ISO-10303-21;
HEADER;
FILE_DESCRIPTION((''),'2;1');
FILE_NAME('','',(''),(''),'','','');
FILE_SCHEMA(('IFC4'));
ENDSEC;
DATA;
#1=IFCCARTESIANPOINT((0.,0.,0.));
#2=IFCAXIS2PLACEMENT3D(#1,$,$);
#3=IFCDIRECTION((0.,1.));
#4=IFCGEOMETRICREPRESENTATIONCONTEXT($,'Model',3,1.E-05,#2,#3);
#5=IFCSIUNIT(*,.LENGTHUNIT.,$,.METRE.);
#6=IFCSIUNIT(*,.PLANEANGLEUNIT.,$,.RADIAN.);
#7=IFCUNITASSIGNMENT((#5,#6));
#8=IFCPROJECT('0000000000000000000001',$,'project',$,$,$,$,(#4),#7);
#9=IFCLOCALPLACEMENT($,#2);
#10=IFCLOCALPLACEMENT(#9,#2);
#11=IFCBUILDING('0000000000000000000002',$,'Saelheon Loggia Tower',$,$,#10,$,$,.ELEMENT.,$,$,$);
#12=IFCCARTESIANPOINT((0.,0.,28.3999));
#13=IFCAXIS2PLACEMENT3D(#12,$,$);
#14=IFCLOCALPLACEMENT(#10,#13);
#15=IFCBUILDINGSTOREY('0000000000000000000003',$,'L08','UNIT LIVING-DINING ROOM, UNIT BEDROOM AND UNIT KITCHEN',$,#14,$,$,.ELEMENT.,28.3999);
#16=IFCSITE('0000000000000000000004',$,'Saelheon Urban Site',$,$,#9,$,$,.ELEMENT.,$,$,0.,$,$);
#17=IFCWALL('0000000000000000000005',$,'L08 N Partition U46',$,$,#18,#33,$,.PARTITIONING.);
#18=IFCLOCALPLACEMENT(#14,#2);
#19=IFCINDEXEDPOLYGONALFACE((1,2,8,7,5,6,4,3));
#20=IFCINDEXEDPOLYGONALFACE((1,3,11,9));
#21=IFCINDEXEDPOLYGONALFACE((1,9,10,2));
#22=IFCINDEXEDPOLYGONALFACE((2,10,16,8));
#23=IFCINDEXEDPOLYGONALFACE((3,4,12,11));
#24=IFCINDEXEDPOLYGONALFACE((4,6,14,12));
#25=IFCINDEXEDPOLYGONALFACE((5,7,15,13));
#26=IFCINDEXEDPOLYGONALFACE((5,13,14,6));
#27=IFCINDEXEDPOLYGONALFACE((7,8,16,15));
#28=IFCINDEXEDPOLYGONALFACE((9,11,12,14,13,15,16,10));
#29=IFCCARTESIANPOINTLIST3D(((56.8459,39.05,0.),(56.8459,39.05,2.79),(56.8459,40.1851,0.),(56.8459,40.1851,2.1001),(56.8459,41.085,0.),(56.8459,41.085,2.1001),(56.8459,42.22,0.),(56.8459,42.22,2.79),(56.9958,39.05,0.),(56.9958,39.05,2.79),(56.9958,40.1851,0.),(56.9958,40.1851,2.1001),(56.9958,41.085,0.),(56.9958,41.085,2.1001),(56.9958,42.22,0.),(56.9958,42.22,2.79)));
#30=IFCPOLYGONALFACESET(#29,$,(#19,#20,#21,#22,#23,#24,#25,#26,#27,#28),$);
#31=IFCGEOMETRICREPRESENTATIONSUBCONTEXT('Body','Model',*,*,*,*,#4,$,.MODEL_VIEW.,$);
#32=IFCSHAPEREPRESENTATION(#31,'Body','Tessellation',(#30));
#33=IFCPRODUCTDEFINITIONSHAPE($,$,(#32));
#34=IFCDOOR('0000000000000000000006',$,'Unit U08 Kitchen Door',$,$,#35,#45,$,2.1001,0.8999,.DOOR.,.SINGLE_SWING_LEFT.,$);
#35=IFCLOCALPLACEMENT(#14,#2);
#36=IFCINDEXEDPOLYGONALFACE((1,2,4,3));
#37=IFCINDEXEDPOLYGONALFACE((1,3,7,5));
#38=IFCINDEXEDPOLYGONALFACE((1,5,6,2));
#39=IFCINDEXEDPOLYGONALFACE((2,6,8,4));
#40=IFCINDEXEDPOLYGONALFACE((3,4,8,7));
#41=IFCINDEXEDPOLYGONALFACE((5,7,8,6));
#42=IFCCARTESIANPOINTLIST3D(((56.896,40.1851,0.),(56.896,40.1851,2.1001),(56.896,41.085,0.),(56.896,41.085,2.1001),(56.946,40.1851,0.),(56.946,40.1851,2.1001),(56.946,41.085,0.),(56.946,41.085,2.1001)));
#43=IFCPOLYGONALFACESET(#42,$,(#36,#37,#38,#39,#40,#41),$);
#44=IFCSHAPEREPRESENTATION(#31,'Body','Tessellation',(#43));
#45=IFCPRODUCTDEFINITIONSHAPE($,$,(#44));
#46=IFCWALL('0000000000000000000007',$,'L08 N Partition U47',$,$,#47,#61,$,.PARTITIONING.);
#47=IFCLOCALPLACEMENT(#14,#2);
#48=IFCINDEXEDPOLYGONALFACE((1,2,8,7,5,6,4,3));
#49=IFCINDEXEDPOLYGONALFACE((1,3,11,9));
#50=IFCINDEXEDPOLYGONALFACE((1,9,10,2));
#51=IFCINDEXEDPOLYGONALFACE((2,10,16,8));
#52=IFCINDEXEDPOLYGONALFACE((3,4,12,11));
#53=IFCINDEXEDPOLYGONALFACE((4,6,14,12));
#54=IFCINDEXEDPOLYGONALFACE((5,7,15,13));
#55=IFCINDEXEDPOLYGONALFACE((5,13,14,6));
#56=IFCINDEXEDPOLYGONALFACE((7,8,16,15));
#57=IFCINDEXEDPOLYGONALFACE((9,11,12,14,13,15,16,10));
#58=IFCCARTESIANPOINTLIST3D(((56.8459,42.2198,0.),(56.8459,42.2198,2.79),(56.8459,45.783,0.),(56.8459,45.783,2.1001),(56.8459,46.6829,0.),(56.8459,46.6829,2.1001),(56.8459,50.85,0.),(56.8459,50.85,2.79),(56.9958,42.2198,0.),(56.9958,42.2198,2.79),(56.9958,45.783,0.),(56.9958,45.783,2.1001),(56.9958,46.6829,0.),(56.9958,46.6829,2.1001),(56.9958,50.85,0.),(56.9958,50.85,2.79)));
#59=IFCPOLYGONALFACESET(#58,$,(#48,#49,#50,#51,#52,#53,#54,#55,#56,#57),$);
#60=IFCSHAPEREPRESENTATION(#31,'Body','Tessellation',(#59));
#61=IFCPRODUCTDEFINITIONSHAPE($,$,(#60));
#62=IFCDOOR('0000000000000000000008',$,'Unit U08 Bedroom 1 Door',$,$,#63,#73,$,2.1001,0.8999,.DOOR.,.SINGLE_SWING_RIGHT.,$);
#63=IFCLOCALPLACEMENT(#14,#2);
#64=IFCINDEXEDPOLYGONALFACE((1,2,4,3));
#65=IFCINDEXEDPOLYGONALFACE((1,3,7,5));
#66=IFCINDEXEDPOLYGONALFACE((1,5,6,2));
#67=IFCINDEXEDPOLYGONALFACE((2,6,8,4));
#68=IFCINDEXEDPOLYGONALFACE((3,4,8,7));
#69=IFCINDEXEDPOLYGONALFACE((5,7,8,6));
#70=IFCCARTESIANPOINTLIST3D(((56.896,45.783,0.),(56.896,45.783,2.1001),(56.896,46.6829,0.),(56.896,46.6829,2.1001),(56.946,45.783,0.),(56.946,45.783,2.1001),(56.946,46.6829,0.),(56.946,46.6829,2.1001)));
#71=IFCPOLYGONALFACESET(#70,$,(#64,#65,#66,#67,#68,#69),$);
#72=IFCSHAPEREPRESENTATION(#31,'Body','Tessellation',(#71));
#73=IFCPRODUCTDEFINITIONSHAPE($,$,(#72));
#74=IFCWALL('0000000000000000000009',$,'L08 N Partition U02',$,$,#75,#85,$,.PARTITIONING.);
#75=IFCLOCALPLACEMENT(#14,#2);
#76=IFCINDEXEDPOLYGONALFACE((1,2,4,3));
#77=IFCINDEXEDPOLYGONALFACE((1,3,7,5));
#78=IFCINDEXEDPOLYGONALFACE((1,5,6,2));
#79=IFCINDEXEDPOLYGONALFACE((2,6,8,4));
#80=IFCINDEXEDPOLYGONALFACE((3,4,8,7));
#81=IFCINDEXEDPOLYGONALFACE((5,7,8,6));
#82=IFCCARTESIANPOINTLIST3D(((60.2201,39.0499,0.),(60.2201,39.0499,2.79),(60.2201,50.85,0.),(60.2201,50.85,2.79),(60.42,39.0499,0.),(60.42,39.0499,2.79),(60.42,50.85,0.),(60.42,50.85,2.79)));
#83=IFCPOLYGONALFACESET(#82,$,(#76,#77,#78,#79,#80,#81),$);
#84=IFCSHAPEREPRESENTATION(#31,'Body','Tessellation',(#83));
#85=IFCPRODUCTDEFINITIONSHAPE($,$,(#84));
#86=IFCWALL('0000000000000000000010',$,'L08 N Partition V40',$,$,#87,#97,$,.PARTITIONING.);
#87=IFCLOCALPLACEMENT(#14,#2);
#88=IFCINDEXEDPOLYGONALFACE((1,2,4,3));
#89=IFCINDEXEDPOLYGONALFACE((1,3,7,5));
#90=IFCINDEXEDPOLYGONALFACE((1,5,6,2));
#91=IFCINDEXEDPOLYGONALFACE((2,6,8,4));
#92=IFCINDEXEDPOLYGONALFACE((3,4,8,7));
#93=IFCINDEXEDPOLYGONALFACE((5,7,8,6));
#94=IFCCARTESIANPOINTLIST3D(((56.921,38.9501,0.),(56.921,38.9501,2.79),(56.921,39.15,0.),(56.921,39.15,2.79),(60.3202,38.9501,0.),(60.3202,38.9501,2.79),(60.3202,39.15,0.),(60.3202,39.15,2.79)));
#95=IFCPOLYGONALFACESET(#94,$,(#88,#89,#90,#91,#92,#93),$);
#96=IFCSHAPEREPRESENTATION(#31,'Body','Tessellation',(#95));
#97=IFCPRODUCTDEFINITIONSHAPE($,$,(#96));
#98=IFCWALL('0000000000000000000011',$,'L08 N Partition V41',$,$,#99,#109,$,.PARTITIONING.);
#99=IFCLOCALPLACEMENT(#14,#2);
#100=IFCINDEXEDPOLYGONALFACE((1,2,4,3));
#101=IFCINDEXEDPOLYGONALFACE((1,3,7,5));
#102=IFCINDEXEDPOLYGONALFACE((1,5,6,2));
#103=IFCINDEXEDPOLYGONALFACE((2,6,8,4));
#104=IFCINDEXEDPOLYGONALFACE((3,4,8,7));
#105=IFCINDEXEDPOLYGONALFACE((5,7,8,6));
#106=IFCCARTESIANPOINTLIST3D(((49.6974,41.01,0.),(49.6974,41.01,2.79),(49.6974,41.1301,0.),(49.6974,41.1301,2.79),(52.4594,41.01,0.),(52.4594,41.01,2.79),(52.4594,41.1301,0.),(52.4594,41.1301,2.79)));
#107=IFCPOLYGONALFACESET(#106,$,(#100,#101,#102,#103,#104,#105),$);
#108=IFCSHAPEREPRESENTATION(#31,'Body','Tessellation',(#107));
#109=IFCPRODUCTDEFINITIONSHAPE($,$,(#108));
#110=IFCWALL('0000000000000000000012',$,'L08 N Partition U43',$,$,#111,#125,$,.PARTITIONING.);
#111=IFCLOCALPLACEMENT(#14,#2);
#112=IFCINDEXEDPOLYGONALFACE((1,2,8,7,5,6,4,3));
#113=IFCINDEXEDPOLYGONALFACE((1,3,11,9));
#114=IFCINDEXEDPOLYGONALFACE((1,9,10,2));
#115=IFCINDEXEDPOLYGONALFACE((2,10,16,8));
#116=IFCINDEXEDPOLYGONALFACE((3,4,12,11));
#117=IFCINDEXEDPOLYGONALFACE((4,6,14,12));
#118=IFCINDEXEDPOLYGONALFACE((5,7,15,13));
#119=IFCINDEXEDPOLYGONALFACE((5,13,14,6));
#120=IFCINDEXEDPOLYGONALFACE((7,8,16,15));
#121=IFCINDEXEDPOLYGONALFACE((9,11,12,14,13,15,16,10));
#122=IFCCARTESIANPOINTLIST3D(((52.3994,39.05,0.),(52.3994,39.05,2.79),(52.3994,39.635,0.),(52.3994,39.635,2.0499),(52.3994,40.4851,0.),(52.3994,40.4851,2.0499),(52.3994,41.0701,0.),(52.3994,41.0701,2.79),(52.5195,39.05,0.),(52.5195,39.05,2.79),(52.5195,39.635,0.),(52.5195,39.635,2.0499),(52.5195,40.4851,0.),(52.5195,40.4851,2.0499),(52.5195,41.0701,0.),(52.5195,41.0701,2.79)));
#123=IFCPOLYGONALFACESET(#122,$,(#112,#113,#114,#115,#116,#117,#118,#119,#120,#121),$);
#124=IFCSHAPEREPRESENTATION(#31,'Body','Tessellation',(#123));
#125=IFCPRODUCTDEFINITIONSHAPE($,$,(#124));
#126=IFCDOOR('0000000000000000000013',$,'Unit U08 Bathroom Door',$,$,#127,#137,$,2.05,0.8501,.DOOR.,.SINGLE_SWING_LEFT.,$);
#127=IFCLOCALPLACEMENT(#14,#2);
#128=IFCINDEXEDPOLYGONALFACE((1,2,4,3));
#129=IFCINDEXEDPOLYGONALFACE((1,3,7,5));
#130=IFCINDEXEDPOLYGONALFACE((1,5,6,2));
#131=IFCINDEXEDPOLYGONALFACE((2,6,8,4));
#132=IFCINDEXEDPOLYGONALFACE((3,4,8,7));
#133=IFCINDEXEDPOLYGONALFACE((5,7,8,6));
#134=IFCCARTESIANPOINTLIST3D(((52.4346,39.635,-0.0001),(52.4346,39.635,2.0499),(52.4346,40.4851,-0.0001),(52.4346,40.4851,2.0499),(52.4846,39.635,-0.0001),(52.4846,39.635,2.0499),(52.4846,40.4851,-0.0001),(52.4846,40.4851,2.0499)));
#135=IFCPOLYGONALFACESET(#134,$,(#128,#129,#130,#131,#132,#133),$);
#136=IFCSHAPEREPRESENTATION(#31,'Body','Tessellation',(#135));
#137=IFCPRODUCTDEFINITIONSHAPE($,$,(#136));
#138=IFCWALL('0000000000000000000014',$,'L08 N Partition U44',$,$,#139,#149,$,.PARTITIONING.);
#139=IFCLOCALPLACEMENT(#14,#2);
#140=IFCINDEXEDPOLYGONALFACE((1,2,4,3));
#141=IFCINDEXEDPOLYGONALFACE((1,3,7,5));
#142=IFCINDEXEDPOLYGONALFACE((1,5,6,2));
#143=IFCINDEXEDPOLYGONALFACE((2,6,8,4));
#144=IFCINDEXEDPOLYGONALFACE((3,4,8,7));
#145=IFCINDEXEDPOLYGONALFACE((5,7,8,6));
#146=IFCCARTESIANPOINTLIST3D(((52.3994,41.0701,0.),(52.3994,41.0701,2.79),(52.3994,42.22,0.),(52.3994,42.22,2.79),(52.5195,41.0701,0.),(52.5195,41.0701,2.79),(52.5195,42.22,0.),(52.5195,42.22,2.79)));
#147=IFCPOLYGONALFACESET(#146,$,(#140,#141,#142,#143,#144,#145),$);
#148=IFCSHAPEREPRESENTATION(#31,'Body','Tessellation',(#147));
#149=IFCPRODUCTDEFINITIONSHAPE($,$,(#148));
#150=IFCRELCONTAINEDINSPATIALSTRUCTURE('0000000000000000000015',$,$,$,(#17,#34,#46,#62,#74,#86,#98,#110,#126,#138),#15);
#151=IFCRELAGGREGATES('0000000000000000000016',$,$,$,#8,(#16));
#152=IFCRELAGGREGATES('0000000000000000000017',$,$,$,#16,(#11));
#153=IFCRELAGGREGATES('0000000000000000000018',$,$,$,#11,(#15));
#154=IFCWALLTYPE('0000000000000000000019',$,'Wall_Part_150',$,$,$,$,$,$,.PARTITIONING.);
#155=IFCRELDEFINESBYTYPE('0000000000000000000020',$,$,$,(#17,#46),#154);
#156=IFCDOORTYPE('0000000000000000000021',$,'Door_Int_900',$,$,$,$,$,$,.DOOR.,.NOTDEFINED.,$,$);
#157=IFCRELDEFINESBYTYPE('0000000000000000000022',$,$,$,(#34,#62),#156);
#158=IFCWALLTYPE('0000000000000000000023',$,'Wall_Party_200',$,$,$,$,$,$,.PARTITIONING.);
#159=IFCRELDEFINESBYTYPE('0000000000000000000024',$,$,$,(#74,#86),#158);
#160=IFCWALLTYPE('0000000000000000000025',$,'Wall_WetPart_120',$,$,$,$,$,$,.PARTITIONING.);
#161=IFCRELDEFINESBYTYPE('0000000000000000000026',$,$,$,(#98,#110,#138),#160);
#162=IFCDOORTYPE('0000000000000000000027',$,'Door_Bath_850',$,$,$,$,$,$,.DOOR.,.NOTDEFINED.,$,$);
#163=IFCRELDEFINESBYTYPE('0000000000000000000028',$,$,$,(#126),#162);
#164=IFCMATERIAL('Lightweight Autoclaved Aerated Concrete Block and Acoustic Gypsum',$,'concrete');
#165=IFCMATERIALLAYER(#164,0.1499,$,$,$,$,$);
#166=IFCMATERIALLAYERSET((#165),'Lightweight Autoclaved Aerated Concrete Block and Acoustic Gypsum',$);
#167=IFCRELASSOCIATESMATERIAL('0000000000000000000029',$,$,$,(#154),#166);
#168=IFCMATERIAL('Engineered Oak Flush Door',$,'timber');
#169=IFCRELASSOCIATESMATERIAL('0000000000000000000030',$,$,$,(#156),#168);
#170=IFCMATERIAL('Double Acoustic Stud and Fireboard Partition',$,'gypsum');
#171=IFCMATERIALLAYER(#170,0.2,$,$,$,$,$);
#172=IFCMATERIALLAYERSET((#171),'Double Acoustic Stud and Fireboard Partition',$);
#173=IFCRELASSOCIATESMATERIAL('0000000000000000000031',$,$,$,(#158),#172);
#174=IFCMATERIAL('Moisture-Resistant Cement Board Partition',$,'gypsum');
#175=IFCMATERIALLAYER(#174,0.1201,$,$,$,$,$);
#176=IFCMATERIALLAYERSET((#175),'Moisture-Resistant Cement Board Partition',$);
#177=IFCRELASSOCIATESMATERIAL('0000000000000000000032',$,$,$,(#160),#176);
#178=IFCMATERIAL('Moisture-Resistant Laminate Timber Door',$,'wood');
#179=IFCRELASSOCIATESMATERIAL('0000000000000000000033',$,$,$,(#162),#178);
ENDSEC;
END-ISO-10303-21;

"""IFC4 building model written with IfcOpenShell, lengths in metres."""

from ifc_helpers import new_model, si_unit, direction, frame, frame_2d, origin, place, context, subcontext, project, spatial, rectangle, extrude, source, transform, mapped, material, layer, layer_set, type_object, element, fill, save


model = new_model("IFC4")

# Units and contexts
model_context = context("Model", 3, precision=1e-05, world=origin(), true_north=direction((0.0, 1.0)))
body_context = subcontext(model_context, "Body", "Model", "MODEL_VIEW")
ifc_project = project(units=[si_unit("LENGTHUNIT", "METRE"), si_unit("PLANEANGLEUNIT", "RADIAN")], contexts=[model_context])

# Site, building, storey
site_placement = place(None, origin())
site = spatial("IfcSite", under=ifc_project, at=site_placement, Name="Saelheon Urban Site", CompositionType="ELEMENT", RefElevation=0.0)
building_placement = place(site_placement, origin())
building = spatial("IfcBuilding", under=site, at=building_placement, Name="Saelheon Loggia Tower", CompositionType="ELEMENT")
storey_placement = place(building_placement, frame((0.0, 0.0, 28.3999)))
storey = spatial("IfcBuildingStorey", under=building, at=storey_placement, Name="L08", Description="UNIT LIVING-DINING ROOM, UNIT BEDROOM AND UNIT KITCHEN", CompositionType="ELEMENT", Elevation=28.3999)

# Shared definitions
ifc_material_1 = material(Name="Lightweight Autoclaved Aerated Concrete Block and Acoustic Gypsum", Category="concrete")
ifc_layer_1 = layer(ifc_material_1, 0.1499)
ifc_layer_set_1 = layer_set([ifc_layer_1], Name="Lightweight Autoclaved Aerated Concrete Block and Acoustic Gypsum")
wall_type_1 = type_object("IfcWallType", Name="Wall_Part_150", PredefinedType="PARTITIONING", material=ifc_layer_set_1)

# Shared definitions
ifc_material_2 = material(Name="Engineered Oak Flush Door", Category="timber")
door_type_1 = type_object("IfcDoorType", Name="Door_Int_900", OperationType="NOTDEFINED", PredefinedType="DOOR", material=ifc_material_2)
shared_shape_1 = source(origin(), body_context, "Body", "SweptSolid", [
    extrude(rectangle(XDim=0.8999, YDim=2.1001, at=frame_2d((0.45, 1.05))), frame((0.0, 0.0249, 0.0), z_axis=(0.0, -1.0, 0.0), x_axis=(1.0, 0.0, 0.0)), (0.0, 0.0, 1.0), 0.05),
])

# Walls, openings, doors
wall_1_placement = place(storey_placement, frame((56.9209, 39.05, 0.0), z_axis=(0.0, 0.0, 1.0), x_axis=(0.0, 1.0, 0.0)))
wall_1 = element("IfcWall", 1, at=wall_1_placement, inside=storey, type_object=wall_type_1, Name="L08 N Partition U46", PredefinedType="PARTITIONING", context=body_context, shape_type="SweptSolid", body=[
    extrude(rectangle(XDim=3.1699, YDim=0.1499, at=frame_2d((1.585, 0.0))), origin(), (0.0, 0.0, 1.0), 2.79),
])
opening_1_placement = place(wall_1_placement, frame((1.135, 0.0, 0.0)))
opening_1 = element("IfcOpeningElement", 2, at=opening_1_placement, cuts=wall_1, PredefinedType="OPENING", context=body_context, shape_type="SweptSolid", body=[
    extrude(rectangle(XDim=0.8999, YDim=2.1001, at=frame_2d((0.45, 1.05))), frame((0.0, 0.0869, 0.0), z_axis=(0.0, -1.0, 0.0), x_axis=(1.0, 0.0, 0.0)), (0.0, 0.0, 1.0), 0.1738),
])
door_1_placement = place(opening_1_placement, origin())
door_1 = element("IfcDoor", 3, at=door_1_placement, inside=storey, type_object=door_type_1, Name="Unit U08 Kitchen Door", OperationType="SINGLE_SWING_LEFT", OverallHeight=2.1001, OverallWidth=0.8999, PredefinedType="DOOR", context=body_context, shape_type="MappedRepresentation", body=[
    mapped(shared_shape_1, transform((0.0, 0.0, 0.0), scale=1.0)),
])
fill(opening_1, door_1)
wall_2_placement = place(storey_placement, frame((56.9209, 42.22, 0.0), z_axis=(0.0, 0.0, 1.0), x_axis=(0.0, 1.0, 0.0)))
wall_2 = element("IfcWall", 4, at=wall_2_placement, inside=storey, type_object=wall_type_1, Name="L08 N Partition U47", PredefinedType="PARTITIONING", context=body_context, shape_type="SweptSolid", body=[
    extrude(rectangle(XDim=8.6301, YDim=0.1499, at=frame_2d((4.3149, 0.0))), origin(), (0.0, 0.0, 1.0), 2.79),
])
opening_2_placement = place(wall_2_placement, frame((3.563, 0.0, 0.0)))
opening_2 = element("IfcOpeningElement", 5, at=opening_2_placement, cuts=wall_2, PredefinedType="OPENING", context=body_context, shape_type="SweptSolid", body=[
    extrude(rectangle(XDim=0.8999, YDim=2.1001, at=frame_2d((0.45, 1.05))), frame((0.0, 0.0869, 0.0), z_axis=(0.0, -1.0, 0.0), x_axis=(1.0, 0.0, 0.0)), (0.0, 0.0, 1.0), 0.1738),
])
door_2_placement = place(opening_2_placement, origin())
door_2 = element("IfcDoor", 6, at=door_2_placement, inside=storey, type_object=door_type_1, Name="Unit U08 Bedroom 1 Door", OperationType="SINGLE_SWING_RIGHT", OverallHeight=2.1001, OverallWidth=0.8999, PredefinedType="DOOR", context=body_context, shape_type="MappedRepresentation", body=[
    mapped(shared_shape_1, transform((0.0, 0.0, 0.0), scale=1.0)),
])
fill(opening_2, door_2)

# Wall
ifc_material_3 = material(Name="Double Acoustic Stud and Fireboard Partition", Category="gypsum")
ifc_layer_2 = layer(ifc_material_3, 0.2)
ifc_layer_set_2 = layer_set([ifc_layer_2], Name="Double Acoustic Stud and Fireboard Partition")
wall_type_2 = type_object("IfcWallType", Name="Wall_Party_200", PredefinedType="PARTITIONING", material=ifc_layer_set_2)
wall_3_placement = place(storey_placement, frame((60.3201, 39.05, 0.0), z_axis=(0.0, 0.0, 1.0), x_axis=(0.0, 1.0, 0.0)))
element("IfcWall", 7, at=wall_3_placement, inside=storey, type_object=wall_type_2, Name="L08 N Partition U02", PredefinedType="PARTITIONING", context=body_context, shape_type="SweptSolid", body=[
    extrude(rectangle(XDim=11.8, YDim=0.2, at=frame_2d((5.8999, 0.0))), origin(), (0.0, 0.0, 1.0), 2.79),
])

# Walls
wall_4_placement = place(storey_placement, frame((56.9209, 39.05, 0.0), z_axis=(0.0, 0.0, 1.0), x_axis=(1.0, 0.0, 0.0)))
element("IfcWall", 8, at=wall_4_placement, inside=storey, type_object=wall_type_2, Name="L08 N Partition V40", PredefinedType="PARTITIONING", context=body_context, shape_type="SweptSolid", body=[
    extrude(rectangle(XDim=3.3992, YDim=0.2, at=frame_2d((1.6997, 0.0))), origin(), (0.0, 0.0, 1.0), 2.79),
])
ifc_material_4 = material(Name="Moisture-Resistant Cement Board Partition", Category="gypsum")
ifc_layer_3 = layer(ifc_material_4, 0.1201)
ifc_layer_set_3 = layer_set([ifc_layer_3], Name="Moisture-Resistant Cement Board Partition")
wall_type_3 = type_object("IfcWallType", Name="Wall_WetPart_120", PredefinedType="PARTITIONING", material=ifc_layer_set_3)
wall_5_placement = place(storey_placement, frame((49.6975, 41.0701, 0.0), z_axis=(0.0, 0.0, 1.0), x_axis=(1.0, 0.0, 0.0)))
element("IfcWall", 9, at=wall_5_placement, inside=storey, type_object=wall_type_3, Name="L08 N Partition V41", PredefinedType="PARTITIONING", context=body_context, shape_type="SweptSolid", body=[
    extrude(rectangle(XDim=2.762, YDim=0.1201, at=frame_2d((1.3809, 0.0))), origin(), (0.0, 0.0, 1.0), 2.79),
])

# Wall, opening, door
wall_6_placement = place(storey_placement, frame((52.4595, 39.05, 0.0), z_axis=(0.0, 0.0, 1.0), x_axis=(0.0, 1.0, 0.0)))
wall_6 = element("IfcWall", 10, at=wall_6_placement, inside=storey, type_object=wall_type_3, Name="L08 N Partition U43", PredefinedType="PARTITIONING", context=body_context, shape_type="SweptSolid", body=[
    extrude(rectangle(XDim=2.02, YDim=0.1201, at=frame_2d((1.01, 0.0))), origin(), (0.0, 0.0, 1.0), 2.79),
])
opening_3_placement = place(wall_6_placement, frame((0.585, 0.0, 0.0)))
opening_3 = element("IfcOpeningElement", 11, at=opening_3_placement, cuts=wall_6, PredefinedType="OPENING", context=body_context, shape_type="SweptSolid", body=[
    extrude(rectangle(XDim=0.8501, YDim=2.05, at=frame_2d((0.425, 1.0249))), frame((0.0, 0.072, 0.0), z_axis=(0.0, -1.0, 0.0), x_axis=(1.0, 0.0, 0.0)), (0.0, 0.0, 1.0), 0.144),
])
ifc_material_5 = material(Name="Moisture-Resistant Laminate Timber Door", Category="wood")
door_type_2 = type_object("IfcDoorType", Name="Door_Bath_850", OperationType="NOTDEFINED", PredefinedType="DOOR", material=ifc_material_5)
shared_shape_2 = source(origin(), body_context, "Body", "SweptSolid", [
    extrude(rectangle(XDim=0.8501, YDim=2.05, at=frame_2d((0.425, 1.0249))), frame((0.0, 0.0249, 0.0), z_axis=(0.0, -1.0, 0.0), x_axis=(1.0, 0.0, 0.0)), (0.0, 0.0, 1.0), 0.05),
])
door_3_placement = place(opening_3_placement, origin())
door_3 = element("IfcDoor", 12, at=door_3_placement, inside=storey, type_object=door_type_2, Name="Unit U08 Bathroom Door", OperationType="SINGLE_SWING_LEFT", OverallHeight=2.05, OverallWidth=0.8501, PredefinedType="DOOR", context=body_context, shape_type="MappedRepresentation", body=[
    mapped(shared_shape_2, transform((0.0, 0.0, 0.0), scale=1.0)),
])
fill(opening_3, door_3)

# Wall
wall_7_placement = place(storey_placement, frame((52.4595, 41.0701, 0.0), z_axis=(0.0, 0.0, 1.0), x_axis=(0.0, 1.0, 0.0)))
element("IfcWall", 13, at=wall_7_placement, inside=storey, type_object=wall_type_3, Name="L08 N Partition U44", PredefinedType="PARTITIONING", context=body_context, shape_type="SweptSolid", body=[
    extrude(rectangle(XDim=1.1499, YDim=0.1201, at=frame_2d((0.575, 0.0))), origin(), (0.0, 0.0, 1.0), 2.79),
])

save(model, "model.ifc")
